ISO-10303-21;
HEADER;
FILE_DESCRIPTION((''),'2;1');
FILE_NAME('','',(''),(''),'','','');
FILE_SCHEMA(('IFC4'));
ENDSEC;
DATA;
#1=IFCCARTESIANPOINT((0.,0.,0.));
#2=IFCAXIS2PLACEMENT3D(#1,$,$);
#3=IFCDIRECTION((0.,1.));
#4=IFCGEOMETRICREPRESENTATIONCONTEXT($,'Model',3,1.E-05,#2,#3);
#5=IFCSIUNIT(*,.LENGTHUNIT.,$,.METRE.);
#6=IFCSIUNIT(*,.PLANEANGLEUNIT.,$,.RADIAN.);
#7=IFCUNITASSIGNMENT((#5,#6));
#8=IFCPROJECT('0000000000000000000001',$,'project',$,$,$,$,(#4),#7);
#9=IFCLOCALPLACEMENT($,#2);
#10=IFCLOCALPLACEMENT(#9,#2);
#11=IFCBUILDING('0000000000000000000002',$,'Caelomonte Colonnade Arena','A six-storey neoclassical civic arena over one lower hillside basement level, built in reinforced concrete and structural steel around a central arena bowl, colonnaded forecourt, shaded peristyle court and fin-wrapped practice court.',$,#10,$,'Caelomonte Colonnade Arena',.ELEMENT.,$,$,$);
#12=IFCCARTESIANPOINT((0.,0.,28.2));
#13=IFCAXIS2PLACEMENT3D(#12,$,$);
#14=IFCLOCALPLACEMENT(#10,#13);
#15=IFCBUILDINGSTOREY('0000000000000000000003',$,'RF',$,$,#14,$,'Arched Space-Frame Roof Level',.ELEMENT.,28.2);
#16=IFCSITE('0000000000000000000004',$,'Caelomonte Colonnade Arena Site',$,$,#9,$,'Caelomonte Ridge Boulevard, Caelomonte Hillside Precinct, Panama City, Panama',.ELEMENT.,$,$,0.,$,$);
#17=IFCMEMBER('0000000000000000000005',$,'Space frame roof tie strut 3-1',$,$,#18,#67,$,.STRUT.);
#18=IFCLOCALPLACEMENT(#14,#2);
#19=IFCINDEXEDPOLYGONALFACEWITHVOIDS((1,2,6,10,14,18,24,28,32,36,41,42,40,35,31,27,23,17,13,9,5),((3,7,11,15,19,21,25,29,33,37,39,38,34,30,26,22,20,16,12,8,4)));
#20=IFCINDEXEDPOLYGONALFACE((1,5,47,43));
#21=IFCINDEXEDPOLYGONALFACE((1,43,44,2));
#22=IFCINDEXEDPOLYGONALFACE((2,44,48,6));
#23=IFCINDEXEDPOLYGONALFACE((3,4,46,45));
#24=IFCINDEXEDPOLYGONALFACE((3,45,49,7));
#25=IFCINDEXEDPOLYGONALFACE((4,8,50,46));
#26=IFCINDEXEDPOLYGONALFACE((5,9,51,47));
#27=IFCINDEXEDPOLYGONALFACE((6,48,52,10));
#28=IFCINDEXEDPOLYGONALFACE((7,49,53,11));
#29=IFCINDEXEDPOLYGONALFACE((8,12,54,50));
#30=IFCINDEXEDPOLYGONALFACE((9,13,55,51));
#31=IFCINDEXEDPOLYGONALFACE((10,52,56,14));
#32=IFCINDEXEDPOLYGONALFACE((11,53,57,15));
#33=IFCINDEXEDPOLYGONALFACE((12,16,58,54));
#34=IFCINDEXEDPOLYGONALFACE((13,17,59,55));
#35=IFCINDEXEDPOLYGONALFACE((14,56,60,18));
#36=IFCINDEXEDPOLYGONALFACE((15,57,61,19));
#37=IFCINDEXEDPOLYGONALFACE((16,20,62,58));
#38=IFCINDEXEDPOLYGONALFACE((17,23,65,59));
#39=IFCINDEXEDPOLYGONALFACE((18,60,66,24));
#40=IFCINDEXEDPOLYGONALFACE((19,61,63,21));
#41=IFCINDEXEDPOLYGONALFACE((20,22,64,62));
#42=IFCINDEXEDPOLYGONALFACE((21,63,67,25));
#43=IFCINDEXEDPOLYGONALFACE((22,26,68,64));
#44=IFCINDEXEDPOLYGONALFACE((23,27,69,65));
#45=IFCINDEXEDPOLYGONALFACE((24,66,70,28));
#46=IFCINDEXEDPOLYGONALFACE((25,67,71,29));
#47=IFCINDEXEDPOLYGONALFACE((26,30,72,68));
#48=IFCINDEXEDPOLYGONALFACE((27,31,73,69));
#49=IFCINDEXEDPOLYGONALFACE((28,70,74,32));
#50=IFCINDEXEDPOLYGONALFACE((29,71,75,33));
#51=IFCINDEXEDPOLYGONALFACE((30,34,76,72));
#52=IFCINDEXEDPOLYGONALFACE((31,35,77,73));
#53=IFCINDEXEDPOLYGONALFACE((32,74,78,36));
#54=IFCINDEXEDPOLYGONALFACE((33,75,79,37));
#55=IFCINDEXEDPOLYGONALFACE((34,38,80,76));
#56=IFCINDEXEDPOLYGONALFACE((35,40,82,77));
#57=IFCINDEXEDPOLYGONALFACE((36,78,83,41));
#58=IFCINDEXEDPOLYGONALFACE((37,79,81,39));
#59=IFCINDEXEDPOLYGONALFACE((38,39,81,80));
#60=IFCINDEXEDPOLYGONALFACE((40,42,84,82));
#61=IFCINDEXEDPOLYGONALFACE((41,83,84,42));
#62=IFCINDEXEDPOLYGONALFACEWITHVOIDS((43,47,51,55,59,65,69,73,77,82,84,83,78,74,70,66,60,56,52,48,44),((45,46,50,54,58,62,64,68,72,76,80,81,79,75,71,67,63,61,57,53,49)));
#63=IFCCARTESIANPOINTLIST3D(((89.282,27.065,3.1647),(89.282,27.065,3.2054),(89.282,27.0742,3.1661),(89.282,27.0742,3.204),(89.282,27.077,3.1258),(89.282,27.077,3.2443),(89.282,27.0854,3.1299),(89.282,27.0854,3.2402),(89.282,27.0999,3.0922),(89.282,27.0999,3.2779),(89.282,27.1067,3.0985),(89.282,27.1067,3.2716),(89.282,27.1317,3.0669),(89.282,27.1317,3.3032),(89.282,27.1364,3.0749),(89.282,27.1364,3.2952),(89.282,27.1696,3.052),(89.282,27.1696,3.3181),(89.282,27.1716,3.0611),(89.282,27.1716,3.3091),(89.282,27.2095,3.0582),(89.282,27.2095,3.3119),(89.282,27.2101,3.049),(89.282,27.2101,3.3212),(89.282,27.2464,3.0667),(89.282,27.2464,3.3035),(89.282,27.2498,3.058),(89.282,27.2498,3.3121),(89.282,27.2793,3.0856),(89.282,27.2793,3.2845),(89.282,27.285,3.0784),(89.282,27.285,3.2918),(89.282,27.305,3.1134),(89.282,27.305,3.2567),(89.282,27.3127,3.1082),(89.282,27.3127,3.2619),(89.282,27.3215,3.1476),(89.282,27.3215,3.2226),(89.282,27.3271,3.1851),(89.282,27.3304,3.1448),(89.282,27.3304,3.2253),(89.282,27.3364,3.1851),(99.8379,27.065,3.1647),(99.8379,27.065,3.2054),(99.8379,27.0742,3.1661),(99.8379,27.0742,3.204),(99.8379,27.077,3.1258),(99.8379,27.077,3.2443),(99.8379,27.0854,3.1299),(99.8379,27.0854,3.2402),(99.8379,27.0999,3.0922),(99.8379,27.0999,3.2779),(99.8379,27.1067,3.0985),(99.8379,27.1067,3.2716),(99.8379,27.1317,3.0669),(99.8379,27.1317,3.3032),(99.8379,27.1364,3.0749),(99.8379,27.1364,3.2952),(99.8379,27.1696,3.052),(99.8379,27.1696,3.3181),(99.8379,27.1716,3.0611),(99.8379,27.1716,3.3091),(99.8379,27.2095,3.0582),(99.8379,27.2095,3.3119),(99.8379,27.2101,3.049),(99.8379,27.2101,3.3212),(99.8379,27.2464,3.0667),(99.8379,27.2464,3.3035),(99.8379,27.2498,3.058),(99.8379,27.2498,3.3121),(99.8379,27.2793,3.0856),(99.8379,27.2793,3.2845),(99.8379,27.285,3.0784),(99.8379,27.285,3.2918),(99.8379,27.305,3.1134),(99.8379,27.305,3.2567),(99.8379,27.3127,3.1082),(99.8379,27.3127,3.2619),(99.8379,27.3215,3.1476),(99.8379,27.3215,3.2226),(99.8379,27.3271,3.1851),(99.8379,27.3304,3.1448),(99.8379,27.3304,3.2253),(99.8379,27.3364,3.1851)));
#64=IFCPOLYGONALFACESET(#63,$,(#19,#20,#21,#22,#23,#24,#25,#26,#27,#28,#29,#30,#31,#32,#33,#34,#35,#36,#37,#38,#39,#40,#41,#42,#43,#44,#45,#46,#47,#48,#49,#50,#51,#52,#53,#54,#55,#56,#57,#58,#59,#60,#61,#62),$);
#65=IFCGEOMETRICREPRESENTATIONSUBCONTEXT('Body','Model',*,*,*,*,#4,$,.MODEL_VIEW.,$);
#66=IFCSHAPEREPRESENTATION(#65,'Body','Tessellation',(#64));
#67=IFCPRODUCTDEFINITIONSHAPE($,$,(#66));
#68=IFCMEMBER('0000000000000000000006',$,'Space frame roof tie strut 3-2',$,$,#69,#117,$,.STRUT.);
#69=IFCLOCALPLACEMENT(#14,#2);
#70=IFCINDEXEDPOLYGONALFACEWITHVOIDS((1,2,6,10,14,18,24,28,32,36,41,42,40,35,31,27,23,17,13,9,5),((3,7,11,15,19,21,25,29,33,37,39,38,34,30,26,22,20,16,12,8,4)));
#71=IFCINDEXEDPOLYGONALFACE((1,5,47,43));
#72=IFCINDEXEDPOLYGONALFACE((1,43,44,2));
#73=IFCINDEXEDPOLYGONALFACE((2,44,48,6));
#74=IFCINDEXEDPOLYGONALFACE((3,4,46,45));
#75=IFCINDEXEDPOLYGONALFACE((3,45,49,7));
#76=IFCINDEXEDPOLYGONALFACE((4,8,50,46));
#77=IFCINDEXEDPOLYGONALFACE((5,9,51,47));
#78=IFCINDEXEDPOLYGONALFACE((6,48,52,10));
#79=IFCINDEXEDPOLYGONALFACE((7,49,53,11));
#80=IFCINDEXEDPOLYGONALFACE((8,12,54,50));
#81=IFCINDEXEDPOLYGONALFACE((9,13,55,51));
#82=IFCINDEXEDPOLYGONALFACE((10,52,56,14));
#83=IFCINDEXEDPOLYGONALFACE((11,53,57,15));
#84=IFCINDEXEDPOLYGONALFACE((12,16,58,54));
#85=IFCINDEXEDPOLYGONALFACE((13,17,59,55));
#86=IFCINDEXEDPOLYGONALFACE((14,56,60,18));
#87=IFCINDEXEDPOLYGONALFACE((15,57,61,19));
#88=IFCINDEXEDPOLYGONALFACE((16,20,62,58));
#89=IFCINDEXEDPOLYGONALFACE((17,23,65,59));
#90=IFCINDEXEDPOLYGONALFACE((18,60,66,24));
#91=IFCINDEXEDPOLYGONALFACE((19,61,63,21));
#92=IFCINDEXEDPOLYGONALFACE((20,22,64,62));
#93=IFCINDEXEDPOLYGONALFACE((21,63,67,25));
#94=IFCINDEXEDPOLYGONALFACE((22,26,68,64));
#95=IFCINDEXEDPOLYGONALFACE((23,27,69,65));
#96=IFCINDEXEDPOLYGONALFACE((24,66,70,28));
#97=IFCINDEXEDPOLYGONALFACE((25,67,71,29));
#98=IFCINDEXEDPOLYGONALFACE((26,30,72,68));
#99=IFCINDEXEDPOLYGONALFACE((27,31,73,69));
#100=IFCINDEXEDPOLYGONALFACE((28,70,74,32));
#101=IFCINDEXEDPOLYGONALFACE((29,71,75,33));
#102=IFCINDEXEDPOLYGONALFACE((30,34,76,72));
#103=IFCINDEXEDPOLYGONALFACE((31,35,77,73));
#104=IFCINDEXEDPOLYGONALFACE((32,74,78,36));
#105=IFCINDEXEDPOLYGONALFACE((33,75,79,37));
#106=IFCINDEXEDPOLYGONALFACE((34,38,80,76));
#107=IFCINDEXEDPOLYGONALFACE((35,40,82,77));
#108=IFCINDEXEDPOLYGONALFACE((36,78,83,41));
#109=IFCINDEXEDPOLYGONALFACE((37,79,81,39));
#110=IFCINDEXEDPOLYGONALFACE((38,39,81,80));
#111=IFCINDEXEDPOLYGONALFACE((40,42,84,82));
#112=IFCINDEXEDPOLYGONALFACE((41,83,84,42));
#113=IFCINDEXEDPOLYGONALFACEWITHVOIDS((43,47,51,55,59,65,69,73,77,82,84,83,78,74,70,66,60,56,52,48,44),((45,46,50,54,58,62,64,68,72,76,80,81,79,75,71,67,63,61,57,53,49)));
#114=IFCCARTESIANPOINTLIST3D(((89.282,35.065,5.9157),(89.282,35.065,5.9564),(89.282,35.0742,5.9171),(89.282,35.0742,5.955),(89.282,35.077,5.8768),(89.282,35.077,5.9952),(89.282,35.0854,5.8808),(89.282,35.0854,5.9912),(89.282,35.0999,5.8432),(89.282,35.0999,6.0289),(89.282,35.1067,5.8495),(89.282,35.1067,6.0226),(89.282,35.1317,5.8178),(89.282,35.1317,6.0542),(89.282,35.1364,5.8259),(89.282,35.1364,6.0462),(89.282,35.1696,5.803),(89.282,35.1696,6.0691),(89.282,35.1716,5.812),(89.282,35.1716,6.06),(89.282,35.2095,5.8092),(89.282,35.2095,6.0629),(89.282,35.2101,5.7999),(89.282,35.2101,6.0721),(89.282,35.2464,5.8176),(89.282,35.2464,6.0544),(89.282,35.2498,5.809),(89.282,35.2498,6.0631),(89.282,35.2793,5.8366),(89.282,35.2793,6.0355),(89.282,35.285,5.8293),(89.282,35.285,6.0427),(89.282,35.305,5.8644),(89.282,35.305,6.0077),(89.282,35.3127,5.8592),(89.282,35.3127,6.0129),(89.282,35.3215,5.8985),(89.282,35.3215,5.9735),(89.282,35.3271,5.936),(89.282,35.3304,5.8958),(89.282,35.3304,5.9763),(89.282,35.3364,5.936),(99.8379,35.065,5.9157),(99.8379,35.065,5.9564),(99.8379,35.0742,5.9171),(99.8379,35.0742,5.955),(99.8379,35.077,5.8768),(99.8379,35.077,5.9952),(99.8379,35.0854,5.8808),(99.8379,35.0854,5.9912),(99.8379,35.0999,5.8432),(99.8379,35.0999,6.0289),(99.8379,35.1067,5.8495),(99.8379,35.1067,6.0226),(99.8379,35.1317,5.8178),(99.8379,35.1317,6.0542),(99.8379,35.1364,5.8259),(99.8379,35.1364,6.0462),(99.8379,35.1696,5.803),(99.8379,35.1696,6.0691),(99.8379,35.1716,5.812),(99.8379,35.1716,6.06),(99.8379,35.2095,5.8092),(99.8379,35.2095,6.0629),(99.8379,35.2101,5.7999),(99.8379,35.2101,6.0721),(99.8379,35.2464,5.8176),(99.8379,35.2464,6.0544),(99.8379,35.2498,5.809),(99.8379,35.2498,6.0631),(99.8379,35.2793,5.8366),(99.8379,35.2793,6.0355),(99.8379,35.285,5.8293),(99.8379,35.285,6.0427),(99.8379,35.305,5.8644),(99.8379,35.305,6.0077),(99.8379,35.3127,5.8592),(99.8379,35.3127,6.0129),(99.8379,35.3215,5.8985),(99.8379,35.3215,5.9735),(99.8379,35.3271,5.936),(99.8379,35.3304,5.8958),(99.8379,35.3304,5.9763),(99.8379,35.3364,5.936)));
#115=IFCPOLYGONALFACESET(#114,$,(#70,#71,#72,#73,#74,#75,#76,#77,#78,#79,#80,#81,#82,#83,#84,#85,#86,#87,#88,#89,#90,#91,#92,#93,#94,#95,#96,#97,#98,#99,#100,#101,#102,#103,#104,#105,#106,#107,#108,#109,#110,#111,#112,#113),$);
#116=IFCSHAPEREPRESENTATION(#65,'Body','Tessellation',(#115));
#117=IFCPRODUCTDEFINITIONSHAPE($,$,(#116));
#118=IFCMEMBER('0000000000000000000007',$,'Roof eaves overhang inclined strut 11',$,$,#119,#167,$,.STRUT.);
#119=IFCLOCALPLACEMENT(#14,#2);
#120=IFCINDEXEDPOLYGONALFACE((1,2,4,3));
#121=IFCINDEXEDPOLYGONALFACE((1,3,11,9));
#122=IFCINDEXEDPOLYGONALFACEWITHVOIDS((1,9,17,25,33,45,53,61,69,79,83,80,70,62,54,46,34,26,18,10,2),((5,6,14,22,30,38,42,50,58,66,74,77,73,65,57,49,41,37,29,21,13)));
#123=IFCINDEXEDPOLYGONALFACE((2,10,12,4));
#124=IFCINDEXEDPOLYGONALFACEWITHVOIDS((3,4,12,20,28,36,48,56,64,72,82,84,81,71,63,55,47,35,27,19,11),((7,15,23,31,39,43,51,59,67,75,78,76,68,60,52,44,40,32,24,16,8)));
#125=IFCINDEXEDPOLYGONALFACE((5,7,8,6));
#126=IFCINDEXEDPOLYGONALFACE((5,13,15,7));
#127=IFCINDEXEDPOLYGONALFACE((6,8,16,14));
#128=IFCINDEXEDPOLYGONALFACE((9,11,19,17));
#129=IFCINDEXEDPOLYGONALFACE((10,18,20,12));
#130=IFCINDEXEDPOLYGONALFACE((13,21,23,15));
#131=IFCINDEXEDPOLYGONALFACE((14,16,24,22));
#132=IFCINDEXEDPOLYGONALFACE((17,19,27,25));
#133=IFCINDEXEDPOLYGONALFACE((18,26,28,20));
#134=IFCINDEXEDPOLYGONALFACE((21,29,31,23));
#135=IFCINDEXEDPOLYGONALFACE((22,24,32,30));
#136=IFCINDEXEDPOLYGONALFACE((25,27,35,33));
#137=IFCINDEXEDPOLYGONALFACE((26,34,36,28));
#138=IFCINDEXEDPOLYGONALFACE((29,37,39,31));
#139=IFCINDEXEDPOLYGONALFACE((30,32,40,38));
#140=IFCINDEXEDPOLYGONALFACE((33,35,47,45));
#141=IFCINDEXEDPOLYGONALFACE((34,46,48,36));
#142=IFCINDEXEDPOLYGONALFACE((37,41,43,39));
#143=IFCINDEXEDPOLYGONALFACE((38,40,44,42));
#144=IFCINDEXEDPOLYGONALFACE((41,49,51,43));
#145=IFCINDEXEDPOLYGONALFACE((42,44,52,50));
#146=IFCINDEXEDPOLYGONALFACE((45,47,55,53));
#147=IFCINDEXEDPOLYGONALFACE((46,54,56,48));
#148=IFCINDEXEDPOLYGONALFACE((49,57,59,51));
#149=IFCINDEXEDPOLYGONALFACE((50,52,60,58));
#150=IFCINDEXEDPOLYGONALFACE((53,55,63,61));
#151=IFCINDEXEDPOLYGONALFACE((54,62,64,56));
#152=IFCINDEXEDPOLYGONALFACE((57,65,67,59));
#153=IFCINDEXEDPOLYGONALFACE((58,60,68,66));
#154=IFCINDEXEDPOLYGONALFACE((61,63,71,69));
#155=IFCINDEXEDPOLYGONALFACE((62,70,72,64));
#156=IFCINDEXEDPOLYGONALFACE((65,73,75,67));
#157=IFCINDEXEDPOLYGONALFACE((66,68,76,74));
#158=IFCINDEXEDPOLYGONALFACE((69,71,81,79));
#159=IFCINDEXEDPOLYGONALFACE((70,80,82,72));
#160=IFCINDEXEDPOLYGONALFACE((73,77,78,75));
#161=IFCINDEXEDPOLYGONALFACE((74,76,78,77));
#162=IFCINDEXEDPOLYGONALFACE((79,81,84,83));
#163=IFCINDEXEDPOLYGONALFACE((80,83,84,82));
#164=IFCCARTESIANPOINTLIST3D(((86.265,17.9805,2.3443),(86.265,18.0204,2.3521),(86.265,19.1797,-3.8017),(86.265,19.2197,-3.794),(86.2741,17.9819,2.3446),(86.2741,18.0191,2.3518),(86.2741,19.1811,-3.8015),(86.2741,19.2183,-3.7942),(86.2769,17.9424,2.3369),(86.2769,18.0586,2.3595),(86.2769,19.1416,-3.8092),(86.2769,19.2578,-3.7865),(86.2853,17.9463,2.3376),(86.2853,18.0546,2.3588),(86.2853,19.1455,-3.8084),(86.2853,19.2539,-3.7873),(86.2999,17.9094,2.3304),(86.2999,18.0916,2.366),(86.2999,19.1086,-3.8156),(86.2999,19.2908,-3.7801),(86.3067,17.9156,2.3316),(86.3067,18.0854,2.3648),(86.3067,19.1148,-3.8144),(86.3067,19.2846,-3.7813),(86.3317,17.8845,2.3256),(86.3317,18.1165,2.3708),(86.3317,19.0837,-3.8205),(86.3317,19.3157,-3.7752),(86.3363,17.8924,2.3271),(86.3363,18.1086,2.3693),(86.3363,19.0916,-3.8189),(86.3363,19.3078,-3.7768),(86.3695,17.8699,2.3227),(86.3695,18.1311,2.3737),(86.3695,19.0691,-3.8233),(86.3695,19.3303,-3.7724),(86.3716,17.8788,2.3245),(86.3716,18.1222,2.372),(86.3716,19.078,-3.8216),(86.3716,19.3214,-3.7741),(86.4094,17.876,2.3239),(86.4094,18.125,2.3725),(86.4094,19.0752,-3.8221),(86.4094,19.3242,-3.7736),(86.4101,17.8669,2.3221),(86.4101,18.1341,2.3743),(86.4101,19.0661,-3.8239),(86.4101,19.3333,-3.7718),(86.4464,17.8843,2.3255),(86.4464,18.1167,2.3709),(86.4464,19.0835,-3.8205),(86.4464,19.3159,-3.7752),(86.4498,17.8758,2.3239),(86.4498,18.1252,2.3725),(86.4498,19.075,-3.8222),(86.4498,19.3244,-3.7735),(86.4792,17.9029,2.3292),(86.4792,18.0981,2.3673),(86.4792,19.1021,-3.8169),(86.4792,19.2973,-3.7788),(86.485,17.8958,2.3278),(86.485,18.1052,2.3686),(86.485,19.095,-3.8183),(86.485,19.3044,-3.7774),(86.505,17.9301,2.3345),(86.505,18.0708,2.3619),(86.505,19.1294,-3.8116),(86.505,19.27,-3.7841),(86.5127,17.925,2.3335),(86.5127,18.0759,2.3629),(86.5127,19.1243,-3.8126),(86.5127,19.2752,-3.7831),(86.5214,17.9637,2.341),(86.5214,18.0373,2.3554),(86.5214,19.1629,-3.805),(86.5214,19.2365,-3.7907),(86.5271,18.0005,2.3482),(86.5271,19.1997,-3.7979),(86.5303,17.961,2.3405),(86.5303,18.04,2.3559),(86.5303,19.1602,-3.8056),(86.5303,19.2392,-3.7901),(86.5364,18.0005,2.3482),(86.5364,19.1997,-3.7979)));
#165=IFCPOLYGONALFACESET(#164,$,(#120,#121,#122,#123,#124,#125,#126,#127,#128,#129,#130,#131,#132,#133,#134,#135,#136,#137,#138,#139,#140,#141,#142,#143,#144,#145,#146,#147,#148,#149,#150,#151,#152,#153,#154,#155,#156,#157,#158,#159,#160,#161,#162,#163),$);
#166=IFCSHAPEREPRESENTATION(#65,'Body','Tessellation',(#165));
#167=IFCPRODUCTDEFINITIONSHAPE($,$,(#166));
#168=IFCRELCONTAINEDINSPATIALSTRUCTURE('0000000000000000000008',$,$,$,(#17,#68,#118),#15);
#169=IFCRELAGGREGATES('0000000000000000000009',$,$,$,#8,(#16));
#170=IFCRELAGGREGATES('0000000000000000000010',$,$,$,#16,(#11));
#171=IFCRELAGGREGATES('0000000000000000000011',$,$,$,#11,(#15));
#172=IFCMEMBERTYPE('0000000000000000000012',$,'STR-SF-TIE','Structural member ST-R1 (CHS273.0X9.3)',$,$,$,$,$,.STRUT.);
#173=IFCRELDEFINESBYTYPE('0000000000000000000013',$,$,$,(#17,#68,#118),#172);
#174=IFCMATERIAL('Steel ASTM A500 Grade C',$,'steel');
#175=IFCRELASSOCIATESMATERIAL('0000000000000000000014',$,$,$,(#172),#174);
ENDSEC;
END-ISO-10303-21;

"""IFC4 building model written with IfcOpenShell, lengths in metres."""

from ifc_helpers import new_model, si_unit, direction, frame, origin, origin_2d, place, context, subcontext, project, spatial, hollow_circle, extrude, material, material_profile, profile_set, type_object, element, save


model = new_model("IFC4")

# Units and contexts
model_context = context("Model", 3, precision=1e-05, world=origin(), true_north=direction((0.0, 1.0)))
body_context = subcontext(model_context, "Body", "Model", "MODEL_VIEW")
ifc_project = project(units=[si_unit("LENGTHUNIT", "METRE"), si_unit("PLANEANGLEUNIT", "RADIAN")], contexts=[model_context])

# Site, building, storey
site_placement = place(None, origin())
site = spatial("IfcSite", under=ifc_project, at=site_placement, Name="Caelomonte Colonnade Arena Site", LongName="Caelomonte Ridge Boulevard, Caelomonte Hillside Precinct, Panama City, Panama", CompositionType="ELEMENT", RefElevation=0.0)
building_placement = place(site_placement, origin())
building = spatial("IfcBuilding", under=site, at=building_placement, Name="Caelomonte Colonnade Arena", Description="A six-storey neoclassical civic arena over one lower hillside basement level, built in reinforced concrete and structural steel around a central arena bowl, colonnaded forecourt, shaded peristyle court and fin-wrapped practice court.", LongName="Caelomonte Colonnade Arena", CompositionType="ELEMENT")
storey_placement = place(building_placement, frame((0.0, 0.0, 28.2)))
storey = spatial("IfcBuildingStorey", under=building, at=storey_placement, Name="RF", LongName="Arched Space-Frame Roof Level", CompositionType="ELEMENT", Elevation=28.2)

# Members
ifc_material_1 = material(Name="Steel ASTM A500 Grade C", Category="steel")
ifc_material_profile_1 = material_profile(ifc_material_1, hollow_circle(Radius=0.1365, WallThickness=0.0093, at=origin_2d()), Name="CHS273.0X9.3")
ifc_profile_set_1 = profile_set([ifc_material_profile_1], Name="Steel ASTM A500 Grade C")
member_type_1 = type_object("IfcMemberType", Name="STR-SF-TIE", Description="Structural member ST-R1 (CHS273.0X9.3)", PredefinedType="STRUT", material=ifc_profile_set_1)
for number, where, z_axis, x_axis, name in (
    (1, (89.282, 27.2, 3.1851), (1.0, 0.0, 0.0), (0.0, 1.0, 0.0), "Space frame roof tie strut 3-1"),
    (2, (89.282, 35.2, 5.936), (1.0, 0.0, 0.0), (0.0, 1.0, 0.0), "Space frame roof tie strut 3-2"),
):
    element("IfcMember", number, at=place(storey_placement, frame(where, z_axis=z_axis, x_axis=x_axis)), inside=storey, type_object=member_type_1, Name=name, PredefinedType="STRUT", context=body_context, shape_type="SweptSolid", body=[
        extrude(hollow_circle(Radius=0.1365, WallThickness=0.0093, at=origin_2d()), origin(), (0.0, 0.0, 1.0), 10.5559),
    ])
for number, where, z_axis, x_axis, name in (
    (3, (86.3999, 19.1997, -3.7979), (0.0, -0.19151, 0.981491), (1.0, 0.0, 0.0), "Roof eaves overhang inclined strut 11"),
):
    element("IfcMember", number, at=place(storey_placement, frame(where, z_axis=z_axis, x_axis=x_axis)), inside=storey, type_object=member_type_1, Name=name, PredefinedType="STRUT", context=body_context, shape_type="SweptSolid", body=[
        extrude(hollow_circle(Radius=0.1365, WallThickness=0.0093, at=origin_2d()), origin(), (0.0, 0.0, 1.0), 6.262),
    ])

save(model, "model.ifc")
